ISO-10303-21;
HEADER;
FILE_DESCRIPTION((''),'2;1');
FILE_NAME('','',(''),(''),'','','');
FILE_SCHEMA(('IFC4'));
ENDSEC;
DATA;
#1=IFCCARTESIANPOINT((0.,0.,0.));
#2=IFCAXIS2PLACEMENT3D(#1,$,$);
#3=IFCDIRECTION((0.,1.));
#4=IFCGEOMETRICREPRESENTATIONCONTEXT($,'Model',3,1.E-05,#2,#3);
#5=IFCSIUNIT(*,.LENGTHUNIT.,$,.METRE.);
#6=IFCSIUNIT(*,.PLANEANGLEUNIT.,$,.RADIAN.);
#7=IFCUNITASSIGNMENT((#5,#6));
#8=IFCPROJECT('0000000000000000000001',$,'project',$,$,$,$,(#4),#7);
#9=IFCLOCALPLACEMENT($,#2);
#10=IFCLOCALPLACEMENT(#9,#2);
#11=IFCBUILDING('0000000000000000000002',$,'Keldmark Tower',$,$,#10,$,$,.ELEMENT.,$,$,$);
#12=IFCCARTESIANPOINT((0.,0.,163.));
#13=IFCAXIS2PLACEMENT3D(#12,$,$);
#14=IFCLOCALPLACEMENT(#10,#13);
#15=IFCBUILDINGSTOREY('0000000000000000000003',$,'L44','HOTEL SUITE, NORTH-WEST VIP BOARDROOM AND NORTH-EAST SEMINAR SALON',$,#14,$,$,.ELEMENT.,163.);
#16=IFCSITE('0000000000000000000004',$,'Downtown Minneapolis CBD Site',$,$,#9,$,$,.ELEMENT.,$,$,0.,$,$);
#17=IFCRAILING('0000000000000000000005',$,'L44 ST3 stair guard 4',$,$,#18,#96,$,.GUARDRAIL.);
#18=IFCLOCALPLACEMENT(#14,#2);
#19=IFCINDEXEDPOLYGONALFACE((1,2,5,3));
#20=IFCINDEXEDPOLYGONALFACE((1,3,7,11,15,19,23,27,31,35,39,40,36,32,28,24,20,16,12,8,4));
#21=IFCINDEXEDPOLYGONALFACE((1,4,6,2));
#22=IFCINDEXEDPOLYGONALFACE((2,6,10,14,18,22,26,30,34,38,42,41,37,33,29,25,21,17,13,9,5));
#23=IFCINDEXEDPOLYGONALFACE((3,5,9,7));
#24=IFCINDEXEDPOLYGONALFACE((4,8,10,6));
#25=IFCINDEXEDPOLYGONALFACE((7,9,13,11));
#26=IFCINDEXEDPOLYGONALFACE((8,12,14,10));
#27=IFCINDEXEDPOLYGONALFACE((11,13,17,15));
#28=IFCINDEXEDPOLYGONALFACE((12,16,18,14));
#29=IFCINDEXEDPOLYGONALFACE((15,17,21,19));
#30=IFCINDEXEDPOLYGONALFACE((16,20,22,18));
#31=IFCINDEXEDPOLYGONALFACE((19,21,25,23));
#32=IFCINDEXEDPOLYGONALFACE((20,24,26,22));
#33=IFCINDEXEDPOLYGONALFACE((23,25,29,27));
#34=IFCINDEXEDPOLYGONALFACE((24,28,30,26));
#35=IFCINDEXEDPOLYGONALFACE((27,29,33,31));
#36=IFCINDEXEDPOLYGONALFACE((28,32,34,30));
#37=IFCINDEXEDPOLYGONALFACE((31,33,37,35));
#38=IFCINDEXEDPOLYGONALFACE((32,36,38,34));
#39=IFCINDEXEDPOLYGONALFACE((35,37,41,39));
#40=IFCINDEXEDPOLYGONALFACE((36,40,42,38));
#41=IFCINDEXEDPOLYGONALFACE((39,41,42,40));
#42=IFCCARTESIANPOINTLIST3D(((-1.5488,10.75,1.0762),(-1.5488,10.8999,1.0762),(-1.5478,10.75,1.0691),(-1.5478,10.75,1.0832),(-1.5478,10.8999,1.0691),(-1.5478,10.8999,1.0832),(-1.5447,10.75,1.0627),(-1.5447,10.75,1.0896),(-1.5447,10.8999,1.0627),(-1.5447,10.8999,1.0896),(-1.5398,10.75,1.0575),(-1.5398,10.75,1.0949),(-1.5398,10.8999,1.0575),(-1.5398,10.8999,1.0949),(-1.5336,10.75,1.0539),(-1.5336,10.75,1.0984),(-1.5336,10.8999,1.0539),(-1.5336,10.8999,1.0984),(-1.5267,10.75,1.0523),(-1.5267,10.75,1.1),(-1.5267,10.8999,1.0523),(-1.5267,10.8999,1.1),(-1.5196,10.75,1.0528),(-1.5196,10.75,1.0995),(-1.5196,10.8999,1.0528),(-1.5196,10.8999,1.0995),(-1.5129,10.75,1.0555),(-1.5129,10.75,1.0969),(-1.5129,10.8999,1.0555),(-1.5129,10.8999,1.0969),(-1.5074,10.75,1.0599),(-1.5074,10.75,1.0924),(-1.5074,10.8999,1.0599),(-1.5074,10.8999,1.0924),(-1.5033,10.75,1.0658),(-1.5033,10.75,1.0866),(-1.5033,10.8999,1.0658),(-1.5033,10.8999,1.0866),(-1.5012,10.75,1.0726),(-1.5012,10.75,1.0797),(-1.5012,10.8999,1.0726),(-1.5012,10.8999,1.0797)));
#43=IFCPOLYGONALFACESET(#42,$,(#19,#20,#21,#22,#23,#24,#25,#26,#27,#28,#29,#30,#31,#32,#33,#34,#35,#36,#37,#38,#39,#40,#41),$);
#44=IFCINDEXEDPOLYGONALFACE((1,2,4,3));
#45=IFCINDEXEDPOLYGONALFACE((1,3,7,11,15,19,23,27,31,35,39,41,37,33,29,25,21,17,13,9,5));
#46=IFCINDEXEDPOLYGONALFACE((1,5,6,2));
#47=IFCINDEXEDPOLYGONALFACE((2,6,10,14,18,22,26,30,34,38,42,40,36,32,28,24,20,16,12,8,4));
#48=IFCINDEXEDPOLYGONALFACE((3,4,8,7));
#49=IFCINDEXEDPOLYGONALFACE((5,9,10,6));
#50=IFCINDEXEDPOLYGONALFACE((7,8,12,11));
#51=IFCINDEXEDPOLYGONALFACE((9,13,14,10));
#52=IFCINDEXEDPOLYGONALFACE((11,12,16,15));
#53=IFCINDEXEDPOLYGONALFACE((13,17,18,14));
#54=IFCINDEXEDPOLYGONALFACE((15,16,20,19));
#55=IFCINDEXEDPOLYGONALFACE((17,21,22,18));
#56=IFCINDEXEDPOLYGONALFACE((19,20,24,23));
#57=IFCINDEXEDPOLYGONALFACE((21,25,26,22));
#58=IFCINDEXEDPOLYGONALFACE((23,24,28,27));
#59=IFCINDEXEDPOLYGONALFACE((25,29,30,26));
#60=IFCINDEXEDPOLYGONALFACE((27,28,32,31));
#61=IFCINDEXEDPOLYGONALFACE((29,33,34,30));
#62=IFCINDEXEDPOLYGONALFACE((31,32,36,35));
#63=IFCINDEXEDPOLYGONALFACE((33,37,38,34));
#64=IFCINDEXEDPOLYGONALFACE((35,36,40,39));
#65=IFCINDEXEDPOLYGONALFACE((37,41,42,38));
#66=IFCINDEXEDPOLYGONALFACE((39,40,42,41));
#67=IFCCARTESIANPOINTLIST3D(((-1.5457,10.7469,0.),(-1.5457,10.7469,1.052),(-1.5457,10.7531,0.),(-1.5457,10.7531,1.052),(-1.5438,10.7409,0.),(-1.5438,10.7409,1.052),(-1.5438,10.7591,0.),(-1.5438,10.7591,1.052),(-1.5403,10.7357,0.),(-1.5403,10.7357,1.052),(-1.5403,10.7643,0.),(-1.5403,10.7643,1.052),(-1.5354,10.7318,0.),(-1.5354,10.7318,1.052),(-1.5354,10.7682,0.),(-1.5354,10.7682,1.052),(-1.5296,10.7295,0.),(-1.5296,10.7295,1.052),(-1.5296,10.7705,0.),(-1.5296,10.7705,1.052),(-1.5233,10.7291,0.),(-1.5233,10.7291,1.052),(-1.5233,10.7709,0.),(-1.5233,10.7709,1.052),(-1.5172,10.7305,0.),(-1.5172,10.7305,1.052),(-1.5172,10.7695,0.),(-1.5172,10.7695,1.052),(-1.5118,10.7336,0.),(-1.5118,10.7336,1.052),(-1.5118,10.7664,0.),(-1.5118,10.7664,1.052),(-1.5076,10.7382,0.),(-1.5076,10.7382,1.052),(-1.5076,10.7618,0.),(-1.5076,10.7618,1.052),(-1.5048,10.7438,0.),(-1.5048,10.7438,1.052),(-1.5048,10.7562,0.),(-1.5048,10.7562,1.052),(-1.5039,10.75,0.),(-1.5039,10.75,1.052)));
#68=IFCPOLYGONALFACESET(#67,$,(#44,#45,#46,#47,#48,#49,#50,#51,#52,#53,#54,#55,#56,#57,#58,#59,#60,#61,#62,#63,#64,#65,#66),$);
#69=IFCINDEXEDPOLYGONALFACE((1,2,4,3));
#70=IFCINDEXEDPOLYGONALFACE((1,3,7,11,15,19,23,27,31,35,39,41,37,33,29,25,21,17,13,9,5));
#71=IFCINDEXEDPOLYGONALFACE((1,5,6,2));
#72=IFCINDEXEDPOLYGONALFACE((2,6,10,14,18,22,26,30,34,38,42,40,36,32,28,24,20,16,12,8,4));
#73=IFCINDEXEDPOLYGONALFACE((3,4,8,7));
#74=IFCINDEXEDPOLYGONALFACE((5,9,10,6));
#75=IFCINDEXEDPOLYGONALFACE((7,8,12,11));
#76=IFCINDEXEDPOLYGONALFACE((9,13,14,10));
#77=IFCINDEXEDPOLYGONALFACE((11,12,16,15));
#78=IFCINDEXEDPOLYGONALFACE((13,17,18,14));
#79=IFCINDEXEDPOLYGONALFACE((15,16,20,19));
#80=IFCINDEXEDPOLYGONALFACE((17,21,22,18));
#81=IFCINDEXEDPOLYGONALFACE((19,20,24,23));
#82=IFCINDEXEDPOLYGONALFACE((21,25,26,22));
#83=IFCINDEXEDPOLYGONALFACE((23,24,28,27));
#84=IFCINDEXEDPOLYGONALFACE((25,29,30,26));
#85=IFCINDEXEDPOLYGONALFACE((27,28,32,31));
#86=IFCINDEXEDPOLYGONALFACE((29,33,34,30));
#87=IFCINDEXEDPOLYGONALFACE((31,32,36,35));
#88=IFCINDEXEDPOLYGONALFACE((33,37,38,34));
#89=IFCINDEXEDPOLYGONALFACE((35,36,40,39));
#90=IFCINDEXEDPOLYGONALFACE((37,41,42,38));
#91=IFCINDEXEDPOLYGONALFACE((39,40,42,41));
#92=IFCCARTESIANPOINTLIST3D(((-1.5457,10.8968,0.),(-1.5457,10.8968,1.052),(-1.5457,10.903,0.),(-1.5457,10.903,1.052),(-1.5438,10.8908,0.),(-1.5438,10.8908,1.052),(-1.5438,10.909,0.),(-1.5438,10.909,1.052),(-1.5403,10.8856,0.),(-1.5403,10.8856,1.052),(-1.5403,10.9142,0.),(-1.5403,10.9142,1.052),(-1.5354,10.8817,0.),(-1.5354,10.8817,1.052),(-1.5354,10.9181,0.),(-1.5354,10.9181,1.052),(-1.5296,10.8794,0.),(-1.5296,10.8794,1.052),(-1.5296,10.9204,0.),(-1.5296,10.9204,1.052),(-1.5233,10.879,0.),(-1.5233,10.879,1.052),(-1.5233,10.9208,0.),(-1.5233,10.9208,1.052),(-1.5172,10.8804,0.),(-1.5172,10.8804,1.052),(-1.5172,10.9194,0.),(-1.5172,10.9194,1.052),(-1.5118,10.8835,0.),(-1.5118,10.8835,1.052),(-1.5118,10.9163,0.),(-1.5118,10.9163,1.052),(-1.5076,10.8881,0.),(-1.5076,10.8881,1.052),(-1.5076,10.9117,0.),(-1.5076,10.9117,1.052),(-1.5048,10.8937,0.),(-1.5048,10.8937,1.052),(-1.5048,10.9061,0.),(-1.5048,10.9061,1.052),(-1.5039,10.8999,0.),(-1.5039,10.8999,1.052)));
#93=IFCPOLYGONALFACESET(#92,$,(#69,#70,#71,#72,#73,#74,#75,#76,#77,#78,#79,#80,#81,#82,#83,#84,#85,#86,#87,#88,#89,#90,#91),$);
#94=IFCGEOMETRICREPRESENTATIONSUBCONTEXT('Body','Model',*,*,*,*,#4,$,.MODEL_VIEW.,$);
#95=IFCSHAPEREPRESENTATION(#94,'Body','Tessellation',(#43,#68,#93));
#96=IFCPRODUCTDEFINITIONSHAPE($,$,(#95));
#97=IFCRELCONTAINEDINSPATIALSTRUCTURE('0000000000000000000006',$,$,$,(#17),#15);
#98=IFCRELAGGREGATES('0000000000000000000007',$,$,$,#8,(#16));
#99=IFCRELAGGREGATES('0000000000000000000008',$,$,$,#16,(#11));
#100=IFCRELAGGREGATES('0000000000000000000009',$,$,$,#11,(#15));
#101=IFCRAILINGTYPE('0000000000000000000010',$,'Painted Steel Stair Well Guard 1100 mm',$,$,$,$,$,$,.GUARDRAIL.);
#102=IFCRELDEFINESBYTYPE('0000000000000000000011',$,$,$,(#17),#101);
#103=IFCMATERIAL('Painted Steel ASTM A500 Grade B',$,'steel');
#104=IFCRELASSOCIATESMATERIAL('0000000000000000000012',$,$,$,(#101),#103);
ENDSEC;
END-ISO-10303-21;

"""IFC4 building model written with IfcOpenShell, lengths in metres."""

from ifc_helpers import new_model, si_unit, direction, frame, origin, origin_2d, place, context, subcontext, project, spatial, circle, extrude, material, type_object, element, save


model = new_model("IFC4")

# Units and contexts
model_context = context("Model", 3, precision=1e-05, world=origin(), true_north=direction((0.0, 1.0)))
body_context = subcontext(model_context, "Body", "Model", "MODEL_VIEW")
ifc_project = project(units=[si_unit("LENGTHUNIT", "METRE"), si_unit("PLANEANGLEUNIT", "RADIAN")], contexts=[model_context])

# Site, building, storey
site_placement = place(None, origin())
site = spatial("IfcSite", under=ifc_project, at=site_placement, Name="Downtown Minneapolis CBD Site", CompositionType="ELEMENT", RefElevation=0.0)
building_placement = place(site_placement, origin())
building = spatial("IfcBuilding", under=site, at=building_placement, Name="Keldmark Tower", CompositionType="ELEMENT")
storey_placement = place(building_placement, frame((0.0, 0.0, 163.0)))
storey = spatial("IfcBuildingStorey", under=building, at=storey_placement, Name="L44", Description="HOTEL SUITE, NORTH-WEST VIP BOARDROOM AND NORTH-EAST SEMINAR SALON", CompositionType="ELEMENT", Elevation=163.0)

# Railing
ifc_material_1 = material(Name="Painted Steel ASTM A500 Grade B", Category="steel")
railing_type_1 = type_object("IfcRailingType", Name="Painted Steel Stair Well Guard 1100 mm", PredefinedType="GUARDRAIL", material=ifc_material_1)
railing_1_placement = place(storey_placement, frame((-1.5249, 10.75, 0.0)))
element("IfcRailing", 1, at=railing_1_placement, inside=storey, type_object=railing_type_1, Name="L44 ST3 stair guard 4", PredefinedType="GUARDRAIL", context=body_context, shape_type="SweptSolid", body=[
    extrude(circle(Radius=0.0239, at=origin_2d()), frame((0.0, 0.0, 1.0762), z_axis=(0.0, 1.0, 0.0), x_axis=(-1.0, 0.0, 0.0)), (0.0, 0.0, 1.0), 0.1499),
    extrude(circle(Radius=0.021, at=origin_2d()), origin(), (0.0, 0.0, 1.0), 1.052),
    extrude(circle(Radius=0.021, at=origin_2d()), frame((0.0, 0.1499, 0.0)), (0.0, 0.0, 1.0), 1.052),
])

save(model, "model.ifc")
